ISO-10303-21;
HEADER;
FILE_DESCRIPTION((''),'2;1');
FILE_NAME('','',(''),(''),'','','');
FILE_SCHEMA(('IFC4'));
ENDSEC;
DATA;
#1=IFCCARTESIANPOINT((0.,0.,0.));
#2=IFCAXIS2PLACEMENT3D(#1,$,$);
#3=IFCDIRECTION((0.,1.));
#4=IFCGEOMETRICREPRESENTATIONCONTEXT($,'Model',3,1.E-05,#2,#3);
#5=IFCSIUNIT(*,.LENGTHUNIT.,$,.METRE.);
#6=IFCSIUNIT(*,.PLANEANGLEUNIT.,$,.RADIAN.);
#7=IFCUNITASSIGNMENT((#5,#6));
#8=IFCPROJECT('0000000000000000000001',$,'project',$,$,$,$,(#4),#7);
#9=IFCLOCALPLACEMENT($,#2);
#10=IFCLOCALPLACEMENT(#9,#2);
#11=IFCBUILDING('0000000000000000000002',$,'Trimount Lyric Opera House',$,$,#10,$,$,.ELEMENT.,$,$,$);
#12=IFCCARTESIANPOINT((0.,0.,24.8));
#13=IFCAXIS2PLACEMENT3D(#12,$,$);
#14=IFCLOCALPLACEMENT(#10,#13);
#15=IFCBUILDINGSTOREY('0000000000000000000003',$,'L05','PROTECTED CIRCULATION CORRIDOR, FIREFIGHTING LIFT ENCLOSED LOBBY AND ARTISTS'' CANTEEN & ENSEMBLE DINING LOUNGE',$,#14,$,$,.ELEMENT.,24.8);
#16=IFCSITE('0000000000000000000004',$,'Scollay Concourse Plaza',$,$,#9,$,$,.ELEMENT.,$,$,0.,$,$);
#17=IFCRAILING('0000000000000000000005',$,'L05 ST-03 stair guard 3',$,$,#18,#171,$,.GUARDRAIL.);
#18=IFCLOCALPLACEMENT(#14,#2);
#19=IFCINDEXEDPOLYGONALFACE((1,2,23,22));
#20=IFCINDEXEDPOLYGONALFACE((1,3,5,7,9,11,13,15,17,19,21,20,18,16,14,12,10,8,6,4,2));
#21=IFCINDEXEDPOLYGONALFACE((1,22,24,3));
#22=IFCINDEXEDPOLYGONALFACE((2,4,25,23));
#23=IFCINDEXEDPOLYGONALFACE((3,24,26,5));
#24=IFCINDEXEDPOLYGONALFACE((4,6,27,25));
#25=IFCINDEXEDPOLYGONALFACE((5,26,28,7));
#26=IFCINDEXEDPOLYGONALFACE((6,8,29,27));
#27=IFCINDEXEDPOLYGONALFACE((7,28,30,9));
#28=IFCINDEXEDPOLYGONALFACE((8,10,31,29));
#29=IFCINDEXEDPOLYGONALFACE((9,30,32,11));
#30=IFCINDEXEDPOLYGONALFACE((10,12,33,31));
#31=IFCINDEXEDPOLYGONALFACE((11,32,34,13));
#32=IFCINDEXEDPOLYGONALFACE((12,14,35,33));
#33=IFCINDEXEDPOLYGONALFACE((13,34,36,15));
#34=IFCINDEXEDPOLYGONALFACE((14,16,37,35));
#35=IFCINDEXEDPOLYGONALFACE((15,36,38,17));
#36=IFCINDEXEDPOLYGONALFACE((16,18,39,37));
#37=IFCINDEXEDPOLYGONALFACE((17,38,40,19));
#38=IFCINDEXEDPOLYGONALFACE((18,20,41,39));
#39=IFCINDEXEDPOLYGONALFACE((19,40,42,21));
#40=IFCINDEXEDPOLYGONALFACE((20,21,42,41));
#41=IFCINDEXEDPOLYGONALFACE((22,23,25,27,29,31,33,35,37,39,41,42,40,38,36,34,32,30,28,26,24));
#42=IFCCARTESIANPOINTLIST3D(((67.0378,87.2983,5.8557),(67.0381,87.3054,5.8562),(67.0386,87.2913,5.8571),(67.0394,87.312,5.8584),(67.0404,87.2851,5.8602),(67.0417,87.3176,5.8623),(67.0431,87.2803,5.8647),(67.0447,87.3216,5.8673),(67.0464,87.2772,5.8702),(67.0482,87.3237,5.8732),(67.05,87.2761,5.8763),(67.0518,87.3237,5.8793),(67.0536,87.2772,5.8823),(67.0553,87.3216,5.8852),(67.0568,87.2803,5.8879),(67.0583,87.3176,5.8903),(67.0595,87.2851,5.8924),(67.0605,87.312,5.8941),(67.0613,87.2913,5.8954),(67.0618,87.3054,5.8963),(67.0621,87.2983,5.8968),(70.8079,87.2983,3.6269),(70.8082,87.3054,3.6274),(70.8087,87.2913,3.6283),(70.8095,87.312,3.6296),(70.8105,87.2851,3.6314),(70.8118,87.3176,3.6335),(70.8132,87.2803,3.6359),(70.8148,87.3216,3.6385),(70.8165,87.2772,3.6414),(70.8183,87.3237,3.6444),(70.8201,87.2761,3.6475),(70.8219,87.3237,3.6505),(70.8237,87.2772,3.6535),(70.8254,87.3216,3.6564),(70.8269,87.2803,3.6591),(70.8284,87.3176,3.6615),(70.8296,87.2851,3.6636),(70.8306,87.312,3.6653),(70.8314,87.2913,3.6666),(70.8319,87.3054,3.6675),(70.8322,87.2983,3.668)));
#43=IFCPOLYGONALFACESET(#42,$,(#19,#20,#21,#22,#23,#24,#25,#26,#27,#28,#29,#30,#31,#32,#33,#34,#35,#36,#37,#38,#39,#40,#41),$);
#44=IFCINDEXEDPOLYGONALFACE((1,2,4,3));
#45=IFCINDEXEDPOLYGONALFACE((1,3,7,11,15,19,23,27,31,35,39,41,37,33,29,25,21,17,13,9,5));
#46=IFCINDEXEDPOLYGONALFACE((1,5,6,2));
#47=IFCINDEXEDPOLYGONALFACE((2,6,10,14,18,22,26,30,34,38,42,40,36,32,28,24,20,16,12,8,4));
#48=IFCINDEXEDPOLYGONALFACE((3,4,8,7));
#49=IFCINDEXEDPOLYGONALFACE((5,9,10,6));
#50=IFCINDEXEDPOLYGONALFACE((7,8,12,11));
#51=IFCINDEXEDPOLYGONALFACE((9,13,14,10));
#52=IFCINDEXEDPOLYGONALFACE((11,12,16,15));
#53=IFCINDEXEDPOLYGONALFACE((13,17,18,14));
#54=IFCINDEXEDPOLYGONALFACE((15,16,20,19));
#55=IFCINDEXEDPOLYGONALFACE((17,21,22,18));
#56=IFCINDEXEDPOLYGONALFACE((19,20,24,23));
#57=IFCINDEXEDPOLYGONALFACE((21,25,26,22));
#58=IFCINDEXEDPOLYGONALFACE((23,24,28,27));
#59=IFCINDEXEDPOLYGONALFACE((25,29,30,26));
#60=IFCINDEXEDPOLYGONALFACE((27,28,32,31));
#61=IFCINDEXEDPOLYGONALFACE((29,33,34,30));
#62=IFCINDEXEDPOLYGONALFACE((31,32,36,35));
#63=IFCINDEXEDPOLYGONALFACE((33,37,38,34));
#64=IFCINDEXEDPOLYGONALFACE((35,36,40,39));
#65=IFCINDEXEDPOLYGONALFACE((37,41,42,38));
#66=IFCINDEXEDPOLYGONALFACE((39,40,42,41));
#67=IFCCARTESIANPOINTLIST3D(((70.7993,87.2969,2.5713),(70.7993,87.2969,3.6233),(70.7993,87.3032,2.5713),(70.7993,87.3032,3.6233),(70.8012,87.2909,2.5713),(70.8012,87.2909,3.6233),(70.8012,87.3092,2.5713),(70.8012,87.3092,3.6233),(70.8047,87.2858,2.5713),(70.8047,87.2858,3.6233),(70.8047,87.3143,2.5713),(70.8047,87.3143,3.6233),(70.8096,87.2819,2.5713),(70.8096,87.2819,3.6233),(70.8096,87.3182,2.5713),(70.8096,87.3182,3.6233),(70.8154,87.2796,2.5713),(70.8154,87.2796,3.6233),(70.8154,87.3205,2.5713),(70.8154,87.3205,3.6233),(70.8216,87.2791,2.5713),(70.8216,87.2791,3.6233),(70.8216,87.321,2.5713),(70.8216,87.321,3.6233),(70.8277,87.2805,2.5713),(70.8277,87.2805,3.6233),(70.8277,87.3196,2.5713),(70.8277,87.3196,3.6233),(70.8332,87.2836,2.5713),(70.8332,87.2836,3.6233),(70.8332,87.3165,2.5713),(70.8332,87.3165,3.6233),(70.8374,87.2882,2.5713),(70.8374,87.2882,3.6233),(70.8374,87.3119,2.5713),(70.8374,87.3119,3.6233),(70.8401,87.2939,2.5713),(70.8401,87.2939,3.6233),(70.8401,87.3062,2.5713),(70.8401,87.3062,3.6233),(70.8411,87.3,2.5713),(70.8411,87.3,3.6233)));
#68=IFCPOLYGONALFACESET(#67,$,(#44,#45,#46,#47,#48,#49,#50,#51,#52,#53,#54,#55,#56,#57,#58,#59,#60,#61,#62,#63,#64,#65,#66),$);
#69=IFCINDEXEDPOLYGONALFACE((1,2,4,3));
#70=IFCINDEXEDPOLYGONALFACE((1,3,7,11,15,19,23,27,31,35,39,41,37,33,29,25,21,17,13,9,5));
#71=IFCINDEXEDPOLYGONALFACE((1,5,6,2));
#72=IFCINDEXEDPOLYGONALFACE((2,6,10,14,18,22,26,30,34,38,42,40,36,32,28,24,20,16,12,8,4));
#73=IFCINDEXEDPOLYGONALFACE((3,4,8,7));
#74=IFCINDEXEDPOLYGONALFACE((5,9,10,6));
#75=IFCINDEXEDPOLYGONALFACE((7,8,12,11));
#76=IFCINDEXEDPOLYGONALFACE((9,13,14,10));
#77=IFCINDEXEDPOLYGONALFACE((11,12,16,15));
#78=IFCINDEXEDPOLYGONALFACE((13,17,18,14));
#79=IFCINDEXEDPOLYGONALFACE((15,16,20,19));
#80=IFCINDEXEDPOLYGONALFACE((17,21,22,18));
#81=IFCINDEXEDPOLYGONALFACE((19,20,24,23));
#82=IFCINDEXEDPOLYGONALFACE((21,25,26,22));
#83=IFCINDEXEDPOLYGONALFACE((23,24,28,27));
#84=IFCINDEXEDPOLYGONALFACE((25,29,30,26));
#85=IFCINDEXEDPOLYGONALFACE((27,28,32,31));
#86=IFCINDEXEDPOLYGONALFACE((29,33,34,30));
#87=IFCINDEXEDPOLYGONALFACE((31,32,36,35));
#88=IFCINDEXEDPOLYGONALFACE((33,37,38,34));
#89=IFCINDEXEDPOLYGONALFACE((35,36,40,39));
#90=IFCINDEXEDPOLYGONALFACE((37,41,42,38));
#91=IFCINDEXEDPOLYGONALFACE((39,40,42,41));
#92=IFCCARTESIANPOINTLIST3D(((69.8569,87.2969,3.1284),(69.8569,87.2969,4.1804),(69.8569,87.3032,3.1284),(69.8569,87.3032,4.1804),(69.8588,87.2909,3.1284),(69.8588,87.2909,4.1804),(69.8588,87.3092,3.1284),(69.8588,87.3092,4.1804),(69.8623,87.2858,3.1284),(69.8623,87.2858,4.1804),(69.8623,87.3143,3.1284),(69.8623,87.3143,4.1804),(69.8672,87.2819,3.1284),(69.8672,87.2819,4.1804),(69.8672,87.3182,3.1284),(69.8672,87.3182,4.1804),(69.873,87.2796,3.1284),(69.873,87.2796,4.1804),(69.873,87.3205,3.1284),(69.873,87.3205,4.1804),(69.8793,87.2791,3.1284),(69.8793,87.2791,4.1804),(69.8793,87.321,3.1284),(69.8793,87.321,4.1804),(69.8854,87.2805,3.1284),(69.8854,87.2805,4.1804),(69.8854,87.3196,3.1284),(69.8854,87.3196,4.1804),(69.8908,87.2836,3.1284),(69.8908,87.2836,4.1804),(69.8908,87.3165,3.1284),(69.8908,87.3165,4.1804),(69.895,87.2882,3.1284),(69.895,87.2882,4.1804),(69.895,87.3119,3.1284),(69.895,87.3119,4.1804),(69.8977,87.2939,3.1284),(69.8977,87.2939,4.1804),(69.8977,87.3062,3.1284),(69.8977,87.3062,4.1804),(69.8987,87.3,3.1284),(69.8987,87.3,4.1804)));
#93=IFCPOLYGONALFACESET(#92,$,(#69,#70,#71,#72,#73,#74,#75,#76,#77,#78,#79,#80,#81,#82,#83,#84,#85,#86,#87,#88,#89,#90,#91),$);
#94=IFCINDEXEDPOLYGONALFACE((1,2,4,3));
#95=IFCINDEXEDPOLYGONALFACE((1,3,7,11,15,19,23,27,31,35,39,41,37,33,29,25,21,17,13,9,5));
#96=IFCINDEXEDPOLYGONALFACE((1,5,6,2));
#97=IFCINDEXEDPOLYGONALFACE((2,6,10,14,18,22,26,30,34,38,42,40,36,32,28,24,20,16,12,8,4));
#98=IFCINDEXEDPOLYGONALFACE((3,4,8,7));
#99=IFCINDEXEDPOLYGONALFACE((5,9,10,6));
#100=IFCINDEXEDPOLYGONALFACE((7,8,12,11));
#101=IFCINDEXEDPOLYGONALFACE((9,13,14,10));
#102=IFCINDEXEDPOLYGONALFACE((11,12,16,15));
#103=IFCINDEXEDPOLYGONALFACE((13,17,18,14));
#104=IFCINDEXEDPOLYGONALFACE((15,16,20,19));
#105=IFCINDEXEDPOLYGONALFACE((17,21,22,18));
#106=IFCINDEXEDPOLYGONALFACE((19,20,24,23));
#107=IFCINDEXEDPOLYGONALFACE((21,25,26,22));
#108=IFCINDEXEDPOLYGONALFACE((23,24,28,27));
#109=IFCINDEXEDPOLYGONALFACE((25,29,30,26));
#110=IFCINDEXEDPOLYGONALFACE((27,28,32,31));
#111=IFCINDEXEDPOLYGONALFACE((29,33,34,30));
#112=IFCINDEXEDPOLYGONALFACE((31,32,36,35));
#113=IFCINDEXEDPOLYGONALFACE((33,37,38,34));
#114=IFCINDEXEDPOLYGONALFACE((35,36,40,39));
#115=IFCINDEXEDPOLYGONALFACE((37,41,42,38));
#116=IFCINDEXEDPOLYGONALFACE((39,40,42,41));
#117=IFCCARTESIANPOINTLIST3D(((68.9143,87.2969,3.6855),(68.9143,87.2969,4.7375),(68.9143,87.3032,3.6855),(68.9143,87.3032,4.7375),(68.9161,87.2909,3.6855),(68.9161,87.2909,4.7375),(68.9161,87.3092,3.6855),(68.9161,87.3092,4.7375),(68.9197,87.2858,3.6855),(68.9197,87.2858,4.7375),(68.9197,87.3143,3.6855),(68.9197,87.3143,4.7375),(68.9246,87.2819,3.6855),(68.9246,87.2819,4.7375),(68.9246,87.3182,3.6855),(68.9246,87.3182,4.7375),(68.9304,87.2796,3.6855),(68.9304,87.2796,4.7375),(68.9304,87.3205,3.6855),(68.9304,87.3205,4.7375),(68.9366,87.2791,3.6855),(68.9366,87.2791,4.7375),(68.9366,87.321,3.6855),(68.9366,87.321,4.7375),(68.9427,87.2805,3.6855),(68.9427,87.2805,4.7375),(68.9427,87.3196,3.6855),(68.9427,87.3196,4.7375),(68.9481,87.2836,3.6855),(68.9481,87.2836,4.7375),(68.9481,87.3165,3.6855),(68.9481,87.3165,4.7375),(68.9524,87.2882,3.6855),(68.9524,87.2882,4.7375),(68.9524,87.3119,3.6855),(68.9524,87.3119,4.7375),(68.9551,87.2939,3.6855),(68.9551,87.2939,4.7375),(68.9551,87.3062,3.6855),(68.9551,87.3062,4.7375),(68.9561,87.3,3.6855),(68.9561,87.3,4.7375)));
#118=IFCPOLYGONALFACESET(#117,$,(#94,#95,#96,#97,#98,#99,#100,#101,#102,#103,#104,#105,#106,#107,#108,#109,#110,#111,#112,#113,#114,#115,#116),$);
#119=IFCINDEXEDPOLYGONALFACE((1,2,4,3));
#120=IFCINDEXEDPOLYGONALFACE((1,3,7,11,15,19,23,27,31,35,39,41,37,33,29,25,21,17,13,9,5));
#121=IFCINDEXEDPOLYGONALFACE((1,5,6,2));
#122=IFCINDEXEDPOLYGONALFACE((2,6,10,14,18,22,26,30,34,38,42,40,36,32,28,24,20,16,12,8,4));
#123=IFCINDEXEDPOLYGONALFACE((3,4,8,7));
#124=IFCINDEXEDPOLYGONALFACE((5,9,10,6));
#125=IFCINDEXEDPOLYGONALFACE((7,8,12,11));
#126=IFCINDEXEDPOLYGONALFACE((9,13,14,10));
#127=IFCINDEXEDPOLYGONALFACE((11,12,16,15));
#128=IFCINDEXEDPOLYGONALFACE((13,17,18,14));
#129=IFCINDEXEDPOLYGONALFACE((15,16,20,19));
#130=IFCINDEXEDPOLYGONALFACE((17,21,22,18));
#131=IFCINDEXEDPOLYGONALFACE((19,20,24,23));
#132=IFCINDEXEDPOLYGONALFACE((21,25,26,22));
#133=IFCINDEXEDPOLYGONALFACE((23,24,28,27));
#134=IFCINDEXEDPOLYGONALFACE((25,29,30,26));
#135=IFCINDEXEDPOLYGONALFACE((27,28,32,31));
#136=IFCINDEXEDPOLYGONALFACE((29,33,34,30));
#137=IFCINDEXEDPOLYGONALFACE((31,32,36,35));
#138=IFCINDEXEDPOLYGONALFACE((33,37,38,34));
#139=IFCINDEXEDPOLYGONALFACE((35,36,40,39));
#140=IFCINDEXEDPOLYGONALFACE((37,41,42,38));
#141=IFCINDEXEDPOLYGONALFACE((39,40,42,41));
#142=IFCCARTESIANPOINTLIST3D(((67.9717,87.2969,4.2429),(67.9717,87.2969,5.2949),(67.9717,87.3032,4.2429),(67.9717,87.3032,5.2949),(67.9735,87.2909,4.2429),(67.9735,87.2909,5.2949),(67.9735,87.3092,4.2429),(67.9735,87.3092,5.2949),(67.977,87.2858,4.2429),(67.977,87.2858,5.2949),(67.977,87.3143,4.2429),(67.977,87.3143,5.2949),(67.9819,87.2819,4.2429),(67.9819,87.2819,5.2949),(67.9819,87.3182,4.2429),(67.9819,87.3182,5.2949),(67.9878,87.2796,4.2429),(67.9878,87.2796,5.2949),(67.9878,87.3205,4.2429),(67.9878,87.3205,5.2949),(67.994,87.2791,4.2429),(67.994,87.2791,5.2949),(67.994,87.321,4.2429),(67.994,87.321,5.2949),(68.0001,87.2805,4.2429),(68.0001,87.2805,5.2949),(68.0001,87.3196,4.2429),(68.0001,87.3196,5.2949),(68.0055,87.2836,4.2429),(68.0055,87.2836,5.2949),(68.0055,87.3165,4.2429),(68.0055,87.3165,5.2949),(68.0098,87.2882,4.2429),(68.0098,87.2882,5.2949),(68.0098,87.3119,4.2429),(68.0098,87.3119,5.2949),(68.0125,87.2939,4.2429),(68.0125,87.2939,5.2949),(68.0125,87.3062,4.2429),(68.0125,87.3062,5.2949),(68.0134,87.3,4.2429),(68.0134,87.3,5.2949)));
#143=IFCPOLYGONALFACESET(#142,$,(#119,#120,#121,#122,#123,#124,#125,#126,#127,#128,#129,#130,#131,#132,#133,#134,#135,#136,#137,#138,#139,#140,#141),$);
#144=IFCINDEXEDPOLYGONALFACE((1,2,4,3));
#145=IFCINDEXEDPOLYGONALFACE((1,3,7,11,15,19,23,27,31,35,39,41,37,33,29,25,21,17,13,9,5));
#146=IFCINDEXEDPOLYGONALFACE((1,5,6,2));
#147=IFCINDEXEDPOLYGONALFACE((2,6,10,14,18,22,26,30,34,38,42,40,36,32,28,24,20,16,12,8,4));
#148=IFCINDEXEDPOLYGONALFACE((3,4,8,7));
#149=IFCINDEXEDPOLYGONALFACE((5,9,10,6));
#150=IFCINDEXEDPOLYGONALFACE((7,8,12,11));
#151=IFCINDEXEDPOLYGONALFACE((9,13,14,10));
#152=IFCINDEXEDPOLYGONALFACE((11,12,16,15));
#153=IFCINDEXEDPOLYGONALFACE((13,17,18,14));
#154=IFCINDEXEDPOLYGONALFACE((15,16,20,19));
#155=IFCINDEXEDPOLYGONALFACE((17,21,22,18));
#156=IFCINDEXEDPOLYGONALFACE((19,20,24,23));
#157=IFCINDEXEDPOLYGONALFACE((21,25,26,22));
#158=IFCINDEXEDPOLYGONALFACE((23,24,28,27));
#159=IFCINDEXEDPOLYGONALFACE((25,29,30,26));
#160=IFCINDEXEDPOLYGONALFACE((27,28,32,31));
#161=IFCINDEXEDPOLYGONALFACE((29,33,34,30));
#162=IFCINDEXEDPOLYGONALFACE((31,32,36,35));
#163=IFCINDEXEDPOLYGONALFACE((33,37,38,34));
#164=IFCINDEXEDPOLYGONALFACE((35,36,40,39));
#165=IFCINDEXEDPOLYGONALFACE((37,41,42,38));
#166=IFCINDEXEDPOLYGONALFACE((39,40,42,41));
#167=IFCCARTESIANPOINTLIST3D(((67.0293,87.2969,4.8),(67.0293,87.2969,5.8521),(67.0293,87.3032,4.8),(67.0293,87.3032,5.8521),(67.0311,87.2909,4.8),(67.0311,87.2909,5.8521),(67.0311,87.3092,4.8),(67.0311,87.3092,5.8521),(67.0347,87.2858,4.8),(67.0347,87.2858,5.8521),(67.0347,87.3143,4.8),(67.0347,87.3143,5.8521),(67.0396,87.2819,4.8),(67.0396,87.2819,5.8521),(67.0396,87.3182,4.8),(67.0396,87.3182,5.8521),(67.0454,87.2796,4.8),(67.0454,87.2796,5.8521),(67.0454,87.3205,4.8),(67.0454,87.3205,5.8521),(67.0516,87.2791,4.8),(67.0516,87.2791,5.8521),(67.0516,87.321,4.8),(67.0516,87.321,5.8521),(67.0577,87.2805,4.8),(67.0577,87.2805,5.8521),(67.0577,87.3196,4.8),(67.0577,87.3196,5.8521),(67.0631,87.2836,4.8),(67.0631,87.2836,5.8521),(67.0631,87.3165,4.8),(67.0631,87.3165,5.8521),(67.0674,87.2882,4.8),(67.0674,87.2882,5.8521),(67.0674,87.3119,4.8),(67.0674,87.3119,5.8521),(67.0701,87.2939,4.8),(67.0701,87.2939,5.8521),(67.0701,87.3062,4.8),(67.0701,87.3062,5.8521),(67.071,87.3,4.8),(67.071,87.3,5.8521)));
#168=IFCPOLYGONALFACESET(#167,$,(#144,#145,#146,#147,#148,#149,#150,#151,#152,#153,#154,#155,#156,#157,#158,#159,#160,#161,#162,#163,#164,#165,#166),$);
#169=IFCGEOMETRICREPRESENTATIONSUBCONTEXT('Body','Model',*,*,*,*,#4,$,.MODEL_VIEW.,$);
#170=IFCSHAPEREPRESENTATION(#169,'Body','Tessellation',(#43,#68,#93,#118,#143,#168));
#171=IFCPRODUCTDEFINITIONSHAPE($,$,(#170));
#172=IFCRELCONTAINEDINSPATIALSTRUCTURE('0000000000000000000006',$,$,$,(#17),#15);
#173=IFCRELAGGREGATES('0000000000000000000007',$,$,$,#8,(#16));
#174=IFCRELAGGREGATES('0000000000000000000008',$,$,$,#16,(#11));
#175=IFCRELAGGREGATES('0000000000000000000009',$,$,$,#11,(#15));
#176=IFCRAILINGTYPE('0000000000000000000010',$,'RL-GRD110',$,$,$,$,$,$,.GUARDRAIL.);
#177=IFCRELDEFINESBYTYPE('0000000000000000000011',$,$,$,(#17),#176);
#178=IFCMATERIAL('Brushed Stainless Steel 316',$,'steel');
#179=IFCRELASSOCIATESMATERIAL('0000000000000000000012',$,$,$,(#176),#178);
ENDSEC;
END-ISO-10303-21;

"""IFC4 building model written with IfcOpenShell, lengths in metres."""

from ifc_helpers import new_model, si_unit, direction, frame, origin, origin_2d, place, context, subcontext, project, spatial, circle, extrude, material, type_object, element, save


model = new_model("IFC4")

# Units and contexts
model_context = context("Model", 3, precision=1e-05, world=origin(), true_north=direction((0.0, 1.0)))
body_context = subcontext(model_context, "Body", "Model", "MODEL_VIEW")
ifc_project = project(units=[si_unit("LENGTHUNIT", "METRE"), si_unit("PLANEANGLEUNIT", "RADIAN")], contexts=[model_context])

# Site, building, storey
site_placement = place(None, origin())
site = spatial("IfcSite", under=ifc_project, at=site_placement, Name="Scollay Concourse Plaza", CompositionType="ELEMENT", RefElevation=0.0)
building_placement = place(site_placement, origin())
building = spatial("IfcBuilding", under=site, at=building_placement, Name="Trimount Lyric Opera House", CompositionType="ELEMENT")
storey_placement = place(building_placement, frame((0.0, 0.0, 24.8)))
storey = spatial("IfcBuildingStorey", under=building, at=storey_placement, Name="L05", Description="PROTECTED CIRCULATION CORRIDOR, FIREFIGHTING LIFT ENCLOSED LOBBY AND ARTISTS' CANTEEN & ENSEMBLE DINING LOUNGE", CompositionType="ELEMENT", Elevation=24.8)

# Railing
ifc_material_1 = material(Name="Brushed Stainless Steel 316", Category="steel")
railing_type_1 = type_object("IfcRailingType", Name="RL-GRD110", PredefinedType="GUARDRAIL", material=ifc_material_1)
railing_1_placement = place(storey_placement, frame((70.8201, 87.3, 2.5713)))
element("IfcRailing", 1, at=railing_1_placement, inside=storey, type_object=railing_type_1, Name="L05 ST-03 stair guard 3", PredefinedType="GUARDRAIL", context=body_context, shape_type="SweptSolid", body=[
    extrude(circle(Radius=0.0239, at=origin_2d()), frame((0.0, 0.0, 1.0762), z_axis=(-0.860824, 0.0, 0.508902), x_axis=(0.0, -1.0, 0.0)), (0.0, 0.0, 1.0), 4.3796),
    extrude(circle(Radius=0.021, at=origin_2d()), origin(), (0.0, 0.0, 1.0), 1.052),
    extrude(circle(Radius=0.021, at=origin_2d()), frame((-0.9424, 0.0, 0.5571)), (0.0, 0.0, 1.0), 1.052),
    extrude(circle(Radius=0.021, at=origin_2d()), frame((-1.885, 0.0, 1.1143)), (0.0, 0.0, 1.0), 1.052),
    extrude(circle(Radius=0.021, at=origin_2d()), frame((-2.8276, 0.0, 1.6716)), (0.0, 0.0, 1.0), 1.052),
    extrude(circle(Radius=0.021, at=origin_2d()), frame((-3.77, 0.0, 2.2288)), (0.0, 0.0, 1.0), 1.052),
])

save(model, "model.ifc")
